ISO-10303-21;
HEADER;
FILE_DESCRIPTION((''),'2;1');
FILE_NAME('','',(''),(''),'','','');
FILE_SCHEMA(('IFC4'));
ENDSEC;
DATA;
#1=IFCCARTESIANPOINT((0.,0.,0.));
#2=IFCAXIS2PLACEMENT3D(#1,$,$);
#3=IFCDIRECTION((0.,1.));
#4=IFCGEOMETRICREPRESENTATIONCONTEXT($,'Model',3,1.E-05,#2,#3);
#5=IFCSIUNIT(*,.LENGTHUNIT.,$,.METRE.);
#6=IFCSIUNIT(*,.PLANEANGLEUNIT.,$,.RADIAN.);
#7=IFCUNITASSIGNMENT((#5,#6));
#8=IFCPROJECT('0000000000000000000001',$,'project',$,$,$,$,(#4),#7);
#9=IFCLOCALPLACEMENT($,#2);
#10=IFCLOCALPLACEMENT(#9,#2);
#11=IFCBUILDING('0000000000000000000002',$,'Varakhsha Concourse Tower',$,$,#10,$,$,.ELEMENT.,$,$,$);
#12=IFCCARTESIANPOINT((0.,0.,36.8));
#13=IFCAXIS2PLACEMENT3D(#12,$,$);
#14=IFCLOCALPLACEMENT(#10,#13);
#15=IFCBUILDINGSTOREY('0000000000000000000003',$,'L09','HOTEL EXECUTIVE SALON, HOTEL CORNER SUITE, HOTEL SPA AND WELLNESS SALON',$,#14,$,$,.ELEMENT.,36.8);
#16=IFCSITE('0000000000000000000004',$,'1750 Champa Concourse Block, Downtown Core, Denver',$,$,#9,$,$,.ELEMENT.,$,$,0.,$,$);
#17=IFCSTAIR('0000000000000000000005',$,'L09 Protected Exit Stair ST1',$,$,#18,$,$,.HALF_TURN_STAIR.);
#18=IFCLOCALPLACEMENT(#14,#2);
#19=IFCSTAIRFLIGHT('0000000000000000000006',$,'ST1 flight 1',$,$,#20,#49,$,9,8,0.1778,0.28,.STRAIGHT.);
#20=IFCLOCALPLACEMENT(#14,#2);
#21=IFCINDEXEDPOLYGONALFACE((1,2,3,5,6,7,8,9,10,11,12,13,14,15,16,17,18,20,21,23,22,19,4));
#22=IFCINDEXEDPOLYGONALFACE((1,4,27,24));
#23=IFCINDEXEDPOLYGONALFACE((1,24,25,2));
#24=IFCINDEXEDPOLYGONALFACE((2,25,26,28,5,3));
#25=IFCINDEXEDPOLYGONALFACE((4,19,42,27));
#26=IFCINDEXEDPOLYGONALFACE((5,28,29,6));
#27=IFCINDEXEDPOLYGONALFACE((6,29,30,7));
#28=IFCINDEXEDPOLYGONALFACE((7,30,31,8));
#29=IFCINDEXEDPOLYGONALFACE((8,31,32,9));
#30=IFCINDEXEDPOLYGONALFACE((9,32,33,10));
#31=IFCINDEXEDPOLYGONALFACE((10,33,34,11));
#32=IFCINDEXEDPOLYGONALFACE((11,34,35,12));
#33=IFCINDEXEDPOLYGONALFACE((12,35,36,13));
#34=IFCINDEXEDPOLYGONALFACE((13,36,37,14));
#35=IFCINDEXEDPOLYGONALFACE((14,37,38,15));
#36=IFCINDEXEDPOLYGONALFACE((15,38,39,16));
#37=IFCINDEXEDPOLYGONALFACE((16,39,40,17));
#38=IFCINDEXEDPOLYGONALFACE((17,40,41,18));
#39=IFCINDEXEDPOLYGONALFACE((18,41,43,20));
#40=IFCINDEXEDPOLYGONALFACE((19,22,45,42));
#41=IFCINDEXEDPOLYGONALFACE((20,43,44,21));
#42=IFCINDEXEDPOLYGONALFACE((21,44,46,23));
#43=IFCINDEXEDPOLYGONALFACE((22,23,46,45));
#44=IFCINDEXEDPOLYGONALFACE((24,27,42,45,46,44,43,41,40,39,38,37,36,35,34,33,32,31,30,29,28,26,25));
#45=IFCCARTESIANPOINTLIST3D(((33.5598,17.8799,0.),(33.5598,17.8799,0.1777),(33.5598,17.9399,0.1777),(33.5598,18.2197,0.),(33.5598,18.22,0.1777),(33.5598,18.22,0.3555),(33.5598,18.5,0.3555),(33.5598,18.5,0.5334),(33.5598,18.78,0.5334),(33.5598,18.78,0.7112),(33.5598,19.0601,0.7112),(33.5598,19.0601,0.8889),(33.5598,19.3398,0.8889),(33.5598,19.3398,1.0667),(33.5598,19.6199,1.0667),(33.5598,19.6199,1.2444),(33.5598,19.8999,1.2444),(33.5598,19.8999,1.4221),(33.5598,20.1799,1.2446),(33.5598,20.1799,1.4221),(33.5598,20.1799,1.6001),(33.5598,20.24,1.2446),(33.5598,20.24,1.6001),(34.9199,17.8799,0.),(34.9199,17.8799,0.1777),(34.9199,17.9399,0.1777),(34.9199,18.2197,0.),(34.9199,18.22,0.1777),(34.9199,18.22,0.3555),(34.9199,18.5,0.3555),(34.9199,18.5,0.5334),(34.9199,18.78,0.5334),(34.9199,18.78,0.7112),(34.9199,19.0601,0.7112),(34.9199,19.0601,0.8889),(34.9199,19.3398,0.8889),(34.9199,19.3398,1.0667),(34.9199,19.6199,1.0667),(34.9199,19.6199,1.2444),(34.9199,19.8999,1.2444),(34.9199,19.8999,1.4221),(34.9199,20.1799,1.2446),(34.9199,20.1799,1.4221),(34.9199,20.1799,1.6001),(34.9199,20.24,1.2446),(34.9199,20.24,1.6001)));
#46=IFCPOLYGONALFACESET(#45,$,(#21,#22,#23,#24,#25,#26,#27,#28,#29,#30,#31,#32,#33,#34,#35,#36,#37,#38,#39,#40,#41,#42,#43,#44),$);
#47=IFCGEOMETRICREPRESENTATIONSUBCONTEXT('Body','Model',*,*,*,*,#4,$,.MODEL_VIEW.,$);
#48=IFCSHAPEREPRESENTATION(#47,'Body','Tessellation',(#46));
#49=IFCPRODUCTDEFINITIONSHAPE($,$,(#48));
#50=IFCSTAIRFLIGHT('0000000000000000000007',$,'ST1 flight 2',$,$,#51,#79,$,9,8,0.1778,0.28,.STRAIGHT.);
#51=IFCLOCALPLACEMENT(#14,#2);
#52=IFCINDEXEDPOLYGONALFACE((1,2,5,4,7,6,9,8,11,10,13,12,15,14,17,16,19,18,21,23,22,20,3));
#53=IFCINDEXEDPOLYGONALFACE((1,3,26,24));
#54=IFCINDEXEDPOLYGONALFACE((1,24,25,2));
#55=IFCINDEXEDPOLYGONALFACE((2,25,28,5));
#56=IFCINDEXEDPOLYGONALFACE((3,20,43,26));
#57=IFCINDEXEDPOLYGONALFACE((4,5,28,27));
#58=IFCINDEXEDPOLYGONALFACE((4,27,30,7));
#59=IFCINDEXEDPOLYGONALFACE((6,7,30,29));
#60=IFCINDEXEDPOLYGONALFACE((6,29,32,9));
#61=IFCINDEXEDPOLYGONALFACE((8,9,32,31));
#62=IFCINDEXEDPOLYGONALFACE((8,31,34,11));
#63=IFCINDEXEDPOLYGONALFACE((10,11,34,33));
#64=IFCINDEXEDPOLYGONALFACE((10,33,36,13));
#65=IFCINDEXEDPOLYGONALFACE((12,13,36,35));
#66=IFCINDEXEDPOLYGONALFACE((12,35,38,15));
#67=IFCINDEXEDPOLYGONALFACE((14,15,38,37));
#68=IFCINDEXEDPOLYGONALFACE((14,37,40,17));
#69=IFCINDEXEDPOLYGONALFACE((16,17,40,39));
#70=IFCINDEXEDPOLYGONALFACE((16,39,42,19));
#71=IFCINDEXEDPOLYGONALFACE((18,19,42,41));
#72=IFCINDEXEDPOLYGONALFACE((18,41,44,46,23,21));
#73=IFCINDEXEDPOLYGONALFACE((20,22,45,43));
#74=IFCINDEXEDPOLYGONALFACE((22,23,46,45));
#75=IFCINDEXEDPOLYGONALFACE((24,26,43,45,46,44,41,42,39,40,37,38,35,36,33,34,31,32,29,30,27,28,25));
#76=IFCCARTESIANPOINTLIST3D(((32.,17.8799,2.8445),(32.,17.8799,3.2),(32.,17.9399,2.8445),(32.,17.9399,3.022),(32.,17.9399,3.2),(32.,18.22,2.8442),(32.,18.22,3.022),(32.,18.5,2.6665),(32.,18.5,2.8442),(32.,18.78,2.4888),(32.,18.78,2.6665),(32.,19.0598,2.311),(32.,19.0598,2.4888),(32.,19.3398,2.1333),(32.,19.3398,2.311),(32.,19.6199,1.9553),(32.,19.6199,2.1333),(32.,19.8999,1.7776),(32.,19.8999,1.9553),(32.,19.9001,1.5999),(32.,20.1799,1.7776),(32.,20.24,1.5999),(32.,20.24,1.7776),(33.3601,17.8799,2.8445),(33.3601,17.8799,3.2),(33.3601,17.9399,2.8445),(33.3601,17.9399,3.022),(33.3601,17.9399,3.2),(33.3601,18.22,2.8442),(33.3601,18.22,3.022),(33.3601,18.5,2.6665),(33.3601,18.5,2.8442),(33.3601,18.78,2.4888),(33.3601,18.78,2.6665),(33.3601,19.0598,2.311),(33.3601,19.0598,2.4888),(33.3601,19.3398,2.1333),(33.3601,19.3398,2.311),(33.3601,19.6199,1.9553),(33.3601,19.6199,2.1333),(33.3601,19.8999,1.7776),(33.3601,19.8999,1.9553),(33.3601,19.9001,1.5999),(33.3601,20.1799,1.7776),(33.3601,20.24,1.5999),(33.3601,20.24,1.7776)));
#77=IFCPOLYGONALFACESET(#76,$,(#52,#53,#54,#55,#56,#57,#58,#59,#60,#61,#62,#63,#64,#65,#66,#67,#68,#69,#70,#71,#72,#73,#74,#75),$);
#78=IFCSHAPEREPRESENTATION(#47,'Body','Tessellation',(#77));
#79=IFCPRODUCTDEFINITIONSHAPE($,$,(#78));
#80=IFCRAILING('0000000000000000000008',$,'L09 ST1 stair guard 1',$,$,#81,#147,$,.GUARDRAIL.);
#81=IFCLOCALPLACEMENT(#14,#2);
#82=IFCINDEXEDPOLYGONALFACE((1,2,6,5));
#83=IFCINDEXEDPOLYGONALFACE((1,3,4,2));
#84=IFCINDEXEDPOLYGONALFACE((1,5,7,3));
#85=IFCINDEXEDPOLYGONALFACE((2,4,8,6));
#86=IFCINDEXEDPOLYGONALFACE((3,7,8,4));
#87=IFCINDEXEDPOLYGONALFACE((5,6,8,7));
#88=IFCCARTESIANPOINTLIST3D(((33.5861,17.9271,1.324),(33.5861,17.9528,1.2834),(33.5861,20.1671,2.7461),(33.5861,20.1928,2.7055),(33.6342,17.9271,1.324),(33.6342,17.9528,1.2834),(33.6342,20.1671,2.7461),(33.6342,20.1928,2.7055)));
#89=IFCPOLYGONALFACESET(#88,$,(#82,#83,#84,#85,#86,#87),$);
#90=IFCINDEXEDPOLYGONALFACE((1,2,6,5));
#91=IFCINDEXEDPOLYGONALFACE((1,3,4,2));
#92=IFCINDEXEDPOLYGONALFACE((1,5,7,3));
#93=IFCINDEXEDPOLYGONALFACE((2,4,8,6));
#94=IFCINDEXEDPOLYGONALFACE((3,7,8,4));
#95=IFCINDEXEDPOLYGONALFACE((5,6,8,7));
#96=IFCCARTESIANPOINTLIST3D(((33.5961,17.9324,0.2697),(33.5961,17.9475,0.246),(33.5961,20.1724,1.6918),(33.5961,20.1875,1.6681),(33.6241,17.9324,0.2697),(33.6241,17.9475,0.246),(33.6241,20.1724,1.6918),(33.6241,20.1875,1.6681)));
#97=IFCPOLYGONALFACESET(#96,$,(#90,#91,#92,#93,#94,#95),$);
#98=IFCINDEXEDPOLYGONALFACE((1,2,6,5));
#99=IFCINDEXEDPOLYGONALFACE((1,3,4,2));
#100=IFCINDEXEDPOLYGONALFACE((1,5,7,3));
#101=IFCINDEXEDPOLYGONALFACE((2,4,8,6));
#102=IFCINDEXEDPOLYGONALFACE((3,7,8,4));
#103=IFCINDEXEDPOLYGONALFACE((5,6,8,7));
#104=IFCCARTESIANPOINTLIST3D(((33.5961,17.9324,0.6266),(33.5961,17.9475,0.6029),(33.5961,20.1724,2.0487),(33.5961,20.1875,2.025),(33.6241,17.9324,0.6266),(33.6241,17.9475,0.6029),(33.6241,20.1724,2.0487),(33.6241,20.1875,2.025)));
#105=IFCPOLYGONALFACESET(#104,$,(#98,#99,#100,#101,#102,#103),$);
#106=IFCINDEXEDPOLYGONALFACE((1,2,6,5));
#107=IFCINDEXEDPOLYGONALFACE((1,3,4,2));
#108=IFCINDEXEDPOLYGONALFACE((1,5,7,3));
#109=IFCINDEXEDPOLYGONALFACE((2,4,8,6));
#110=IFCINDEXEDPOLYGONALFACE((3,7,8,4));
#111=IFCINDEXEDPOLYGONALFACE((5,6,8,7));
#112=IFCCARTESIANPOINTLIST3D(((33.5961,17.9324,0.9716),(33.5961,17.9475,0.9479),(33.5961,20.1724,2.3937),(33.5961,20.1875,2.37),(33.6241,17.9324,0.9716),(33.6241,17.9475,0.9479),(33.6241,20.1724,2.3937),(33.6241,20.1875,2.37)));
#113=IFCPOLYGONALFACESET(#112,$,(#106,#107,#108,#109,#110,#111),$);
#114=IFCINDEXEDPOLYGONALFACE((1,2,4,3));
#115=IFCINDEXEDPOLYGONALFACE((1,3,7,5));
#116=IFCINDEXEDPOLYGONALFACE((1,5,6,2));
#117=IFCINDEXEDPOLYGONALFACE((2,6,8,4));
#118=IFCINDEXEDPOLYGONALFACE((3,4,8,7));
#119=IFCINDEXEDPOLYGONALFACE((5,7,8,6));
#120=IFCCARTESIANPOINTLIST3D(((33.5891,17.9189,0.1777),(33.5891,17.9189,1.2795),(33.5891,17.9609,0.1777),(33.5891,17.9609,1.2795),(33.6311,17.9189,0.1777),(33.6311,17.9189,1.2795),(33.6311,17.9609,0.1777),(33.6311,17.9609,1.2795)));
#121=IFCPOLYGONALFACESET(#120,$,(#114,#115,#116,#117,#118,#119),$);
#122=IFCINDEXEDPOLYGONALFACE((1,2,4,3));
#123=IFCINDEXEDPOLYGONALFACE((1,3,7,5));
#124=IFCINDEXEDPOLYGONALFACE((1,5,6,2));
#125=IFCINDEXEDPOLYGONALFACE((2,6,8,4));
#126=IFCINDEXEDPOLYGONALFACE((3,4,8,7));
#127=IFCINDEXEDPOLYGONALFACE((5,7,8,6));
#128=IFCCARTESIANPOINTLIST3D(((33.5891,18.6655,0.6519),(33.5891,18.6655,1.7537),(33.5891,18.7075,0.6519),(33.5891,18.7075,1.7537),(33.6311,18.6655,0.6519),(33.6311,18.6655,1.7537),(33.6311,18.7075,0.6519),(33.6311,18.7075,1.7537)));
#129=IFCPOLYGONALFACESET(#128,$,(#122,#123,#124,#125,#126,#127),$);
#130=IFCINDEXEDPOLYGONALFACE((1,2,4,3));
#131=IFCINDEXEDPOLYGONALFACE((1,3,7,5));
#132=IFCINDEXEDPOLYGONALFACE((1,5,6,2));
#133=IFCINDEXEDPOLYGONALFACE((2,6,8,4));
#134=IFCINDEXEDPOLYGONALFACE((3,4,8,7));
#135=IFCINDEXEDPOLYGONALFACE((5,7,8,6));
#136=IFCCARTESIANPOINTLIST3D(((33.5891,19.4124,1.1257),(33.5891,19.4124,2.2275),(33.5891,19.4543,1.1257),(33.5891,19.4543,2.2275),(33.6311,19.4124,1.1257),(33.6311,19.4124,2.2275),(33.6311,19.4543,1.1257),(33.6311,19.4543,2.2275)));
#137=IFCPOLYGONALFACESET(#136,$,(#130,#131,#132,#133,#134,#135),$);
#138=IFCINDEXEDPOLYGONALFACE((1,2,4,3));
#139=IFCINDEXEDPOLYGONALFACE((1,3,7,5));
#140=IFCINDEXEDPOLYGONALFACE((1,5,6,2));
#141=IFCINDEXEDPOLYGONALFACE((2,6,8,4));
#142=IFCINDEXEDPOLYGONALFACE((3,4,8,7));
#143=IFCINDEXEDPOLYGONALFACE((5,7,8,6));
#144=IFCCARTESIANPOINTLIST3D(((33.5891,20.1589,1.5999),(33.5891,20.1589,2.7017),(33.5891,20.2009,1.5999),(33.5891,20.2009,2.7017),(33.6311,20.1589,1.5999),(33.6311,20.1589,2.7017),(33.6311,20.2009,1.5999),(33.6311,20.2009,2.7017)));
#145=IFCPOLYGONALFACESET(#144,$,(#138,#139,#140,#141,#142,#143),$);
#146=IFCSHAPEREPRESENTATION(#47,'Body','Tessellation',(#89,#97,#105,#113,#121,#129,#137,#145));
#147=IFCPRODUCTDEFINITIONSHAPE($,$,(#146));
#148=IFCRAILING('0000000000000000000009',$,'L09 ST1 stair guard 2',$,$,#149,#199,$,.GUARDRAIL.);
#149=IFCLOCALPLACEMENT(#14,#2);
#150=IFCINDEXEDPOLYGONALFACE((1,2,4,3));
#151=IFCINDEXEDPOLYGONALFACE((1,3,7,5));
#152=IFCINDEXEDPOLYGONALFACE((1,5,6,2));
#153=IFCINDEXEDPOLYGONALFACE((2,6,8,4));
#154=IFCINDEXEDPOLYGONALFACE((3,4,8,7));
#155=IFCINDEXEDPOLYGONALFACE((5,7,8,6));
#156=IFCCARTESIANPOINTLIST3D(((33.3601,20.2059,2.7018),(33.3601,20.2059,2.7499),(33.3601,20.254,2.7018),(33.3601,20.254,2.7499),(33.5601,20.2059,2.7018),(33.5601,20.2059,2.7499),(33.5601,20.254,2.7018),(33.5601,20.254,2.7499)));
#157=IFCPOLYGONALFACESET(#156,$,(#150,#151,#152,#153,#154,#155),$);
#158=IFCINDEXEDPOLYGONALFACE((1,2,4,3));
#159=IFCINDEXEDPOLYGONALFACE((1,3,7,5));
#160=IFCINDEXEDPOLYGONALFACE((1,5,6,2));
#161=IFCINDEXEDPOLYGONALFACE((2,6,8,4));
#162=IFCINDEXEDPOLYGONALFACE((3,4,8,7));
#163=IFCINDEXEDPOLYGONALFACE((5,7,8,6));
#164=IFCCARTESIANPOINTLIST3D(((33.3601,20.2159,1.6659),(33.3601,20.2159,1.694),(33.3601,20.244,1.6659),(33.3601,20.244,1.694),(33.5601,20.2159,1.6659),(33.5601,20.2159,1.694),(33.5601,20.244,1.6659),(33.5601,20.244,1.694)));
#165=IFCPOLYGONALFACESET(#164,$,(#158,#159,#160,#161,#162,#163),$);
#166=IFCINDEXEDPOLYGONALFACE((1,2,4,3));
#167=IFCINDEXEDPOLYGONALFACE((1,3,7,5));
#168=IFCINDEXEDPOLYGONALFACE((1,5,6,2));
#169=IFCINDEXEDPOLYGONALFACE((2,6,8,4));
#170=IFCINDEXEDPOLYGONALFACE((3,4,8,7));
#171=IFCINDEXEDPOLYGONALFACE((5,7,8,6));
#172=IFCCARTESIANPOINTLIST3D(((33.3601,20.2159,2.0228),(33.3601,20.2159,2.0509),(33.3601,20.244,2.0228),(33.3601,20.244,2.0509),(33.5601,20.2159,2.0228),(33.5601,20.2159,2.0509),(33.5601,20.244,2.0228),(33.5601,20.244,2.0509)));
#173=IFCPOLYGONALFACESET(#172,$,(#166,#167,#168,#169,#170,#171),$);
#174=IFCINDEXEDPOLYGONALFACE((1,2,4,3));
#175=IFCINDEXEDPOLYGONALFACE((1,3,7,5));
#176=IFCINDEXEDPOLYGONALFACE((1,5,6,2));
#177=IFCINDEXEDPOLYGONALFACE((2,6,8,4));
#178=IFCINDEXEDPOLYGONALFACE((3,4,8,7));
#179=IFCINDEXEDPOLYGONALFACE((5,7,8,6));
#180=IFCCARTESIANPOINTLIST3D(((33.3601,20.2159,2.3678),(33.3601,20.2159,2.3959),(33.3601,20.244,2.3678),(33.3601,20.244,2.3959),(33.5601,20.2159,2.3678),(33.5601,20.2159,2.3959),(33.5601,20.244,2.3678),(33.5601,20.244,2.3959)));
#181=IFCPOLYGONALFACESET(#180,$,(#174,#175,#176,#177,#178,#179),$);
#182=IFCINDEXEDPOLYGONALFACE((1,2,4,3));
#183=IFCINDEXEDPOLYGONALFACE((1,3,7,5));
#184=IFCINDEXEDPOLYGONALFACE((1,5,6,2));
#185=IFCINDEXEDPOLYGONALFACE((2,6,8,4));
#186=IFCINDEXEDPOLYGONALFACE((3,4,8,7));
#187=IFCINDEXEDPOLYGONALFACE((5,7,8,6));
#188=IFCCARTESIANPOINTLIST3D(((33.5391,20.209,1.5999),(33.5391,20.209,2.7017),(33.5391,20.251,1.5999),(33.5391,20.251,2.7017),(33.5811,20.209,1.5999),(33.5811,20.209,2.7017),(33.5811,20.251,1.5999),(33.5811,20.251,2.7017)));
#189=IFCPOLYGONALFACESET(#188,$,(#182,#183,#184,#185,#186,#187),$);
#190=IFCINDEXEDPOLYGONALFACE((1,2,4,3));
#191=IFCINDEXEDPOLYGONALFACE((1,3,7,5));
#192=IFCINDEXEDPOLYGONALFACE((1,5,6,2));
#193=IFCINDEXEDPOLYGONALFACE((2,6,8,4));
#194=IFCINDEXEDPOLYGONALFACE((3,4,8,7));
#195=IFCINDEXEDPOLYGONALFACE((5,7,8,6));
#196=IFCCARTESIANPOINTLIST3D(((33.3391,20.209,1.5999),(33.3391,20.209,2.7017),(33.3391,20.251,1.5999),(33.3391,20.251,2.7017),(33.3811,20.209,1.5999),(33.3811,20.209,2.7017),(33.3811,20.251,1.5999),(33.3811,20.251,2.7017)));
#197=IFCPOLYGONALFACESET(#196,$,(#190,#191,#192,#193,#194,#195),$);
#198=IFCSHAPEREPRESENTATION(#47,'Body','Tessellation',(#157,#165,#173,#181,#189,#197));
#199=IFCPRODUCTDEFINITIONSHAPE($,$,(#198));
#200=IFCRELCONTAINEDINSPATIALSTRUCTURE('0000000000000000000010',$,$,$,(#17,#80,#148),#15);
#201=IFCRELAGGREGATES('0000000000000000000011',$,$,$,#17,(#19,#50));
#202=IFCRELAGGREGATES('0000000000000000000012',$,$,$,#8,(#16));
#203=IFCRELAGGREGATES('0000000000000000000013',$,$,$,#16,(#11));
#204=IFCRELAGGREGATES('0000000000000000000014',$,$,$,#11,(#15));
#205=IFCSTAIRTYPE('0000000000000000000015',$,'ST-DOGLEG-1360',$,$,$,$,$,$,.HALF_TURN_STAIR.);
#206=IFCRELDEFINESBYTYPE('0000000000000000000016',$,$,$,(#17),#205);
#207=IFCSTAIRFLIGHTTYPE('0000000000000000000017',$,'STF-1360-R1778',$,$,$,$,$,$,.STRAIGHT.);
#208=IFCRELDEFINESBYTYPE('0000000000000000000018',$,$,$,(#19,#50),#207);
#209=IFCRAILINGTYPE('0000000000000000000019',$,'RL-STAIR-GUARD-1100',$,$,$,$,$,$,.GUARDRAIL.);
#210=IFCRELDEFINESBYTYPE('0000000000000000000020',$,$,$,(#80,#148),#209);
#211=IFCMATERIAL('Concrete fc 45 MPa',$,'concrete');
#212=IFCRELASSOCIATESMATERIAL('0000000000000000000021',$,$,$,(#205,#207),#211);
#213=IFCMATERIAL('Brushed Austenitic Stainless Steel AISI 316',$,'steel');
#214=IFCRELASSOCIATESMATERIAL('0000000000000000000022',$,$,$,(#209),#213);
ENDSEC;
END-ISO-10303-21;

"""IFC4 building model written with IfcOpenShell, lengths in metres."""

from ifc_helpers import new_model, si_unit, direction, frame, origin, origin_2d, place, context, subcontext, project, spatial, polyline, rectangle, outline, extrude, material, type_object, element, aggregate, save


model = new_model("IFC4")

# Units and contexts
model_context = context("Model", 3, precision=1e-05, world=origin(), true_north=direction((0.0, 1.0)))
body_context = subcontext(model_context, "Body", "Model", "MODEL_VIEW")
ifc_project = project(units=[si_unit("LENGTHUNIT", "METRE"), si_unit("PLANEANGLEUNIT", "RADIAN")], contexts=[model_context])

# Site, building, storey
site_placement = place(None, origin())
site = spatial("IfcSite", under=ifc_project, at=site_placement, Name="1750 Champa Concourse Block, Downtown Core, Denver", CompositionType="ELEMENT", RefElevation=0.0)
building_placement = place(site_placement, origin())
building = spatial("IfcBuilding", under=site, at=building_placement, Name="Varakhsha Concourse Tower", CompositionType="ELEMENT")
storey_placement = place(building_placement, frame((0.0, 0.0, 36.8)))
storey = spatial("IfcBuildingStorey", under=building, at=storey_placement, Name="L09", Description="HOTEL EXECUTIVE SALON, HOTEL CORNER SUITE, HOTEL SPA AND WELLNESS SALON", CompositionType="ELEMENT", Elevation=36.8)

# Shared definitions
ifc_material_1 = material(Name="Concrete fc 45 MPa", Category="concrete")

# Stair, stair flights
stair_type = type_object("IfcStairType", Name="ST-DOGLEG-1360", PredefinedType="HALF_TURN_STAIR", material=ifc_material_1)
stair_placement = place(storey_placement, origin())
stair = element("IfcStair", 1, at=stair_placement, inside=storey, type_object=stair_type, Name="L09 Protected Exit Stair ST1", PredefinedType="HALF_TURN_STAIR")
stair_flight_type = type_object("IfcStairFlightType", Name="STF-1360-R1778", PredefinedType="STRAIGHT", material=ifc_material_1)
stair_flight_1_placement = place(storey_placement, frame((34.24, 17.9399, 0.0), z_axis=(0.0, 0.0, 1.0), x_axis=(0.0, 1.0, 0.0)))
stair_flight_1 = element("IfcStairFlight", 2, at=stair_flight_1_placement, type_object=stair_flight_type, Name="ST1 flight 1", NumberOfRisers=9, NumberOfTreads=8, PredefinedType="STRAIGHT", RiserHeight=0.1778, TreadLength=0.28, context=body_context, shape_type="SweptSolid", body=[
    extrude(outline(polyline([(-0.0601, 0.0), (-0.0601, 0.1777), (0.0, 0.1777), (0.28, 0.1777), (0.28, 0.3555), (0.5601, 0.3555), (0.5601, 0.5334), (0.8401, 0.5334), (0.8401, 0.7112), (1.1201, 0.7112), (1.1201, 0.8889), (1.3999, 0.8889), (1.3999, 1.0667), (1.6799, 1.0667), (1.6799, 1.2444), (1.96, 1.2444), (1.96, 1.4221), (2.24, 1.4221), (2.24, 1.6001), (2.3, 1.6001), (2.3, 1.2446), (2.24, 1.2446), (0.2798, 0.0), (-0.0601, 0.0)])), frame((0.0, 0.6802, 0.0), z_axis=(0.0, -1.0, 0.0), x_axis=(1.0, 0.0, 0.0)), (0.0, 0.0, 1.0), 1.3601),
])
stair_flight_2_placement = place(storey_placement, frame((32.6799, 20.1799, 1.5999), z_axis=(0.0, 0.0, 1.0), x_axis=(0.0, -1.0, 0.0)))
stair_flight_2 = element("IfcStairFlight", 3, at=stair_flight_2_placement, type_object=stair_flight_type, Name="ST1 flight 2", NumberOfRisers=9, NumberOfTreads=8, PredefinedType="STRAIGHT", RiserHeight=0.1778, TreadLength=0.28, context=body_context, shape_type="SweptSolid", body=[
    extrude(outline(polyline([(-0.0601, 0.0), (-0.0601, 0.1777), (0.0, 0.1777), (0.28, 0.1777), (0.28, 0.3555), (0.5601, 0.3555), (0.5601, 0.5334), (0.8401, 0.5334), (0.8401, 0.7112), (1.1201, 0.7112), (1.1201, 0.8889), (1.3999, 0.8889), (1.3999, 1.0667), (1.6799, 1.0667), (1.6799, 1.2444), (1.96, 1.2444), (1.96, 1.4221), (2.24, 1.4221), (2.24, 1.6001), (2.3, 1.6001), (2.3, 1.2446), (2.24, 1.2446), (0.2798, 0.0), (-0.0601, 0.0)])), frame((0.0, 0.6802, 0.0), z_axis=(0.0, -1.0, 0.0), x_axis=(1.0, 0.0, 0.0)), (0.0, 0.0, 1.0), 1.3601),
])
aggregate(stair, [stair_flight_1, stair_flight_2])

# Railings
ifc_material_2 = material(Name="Brushed Austenitic Stainless Steel AISI 316", Category="steel")
railing_type_1 = type_object("IfcRailingType", Name="RL-STAIR-GUARD-1100", PredefinedType="GUARDRAIL", material=ifc_material_2)
railing_1_placement = place(storey_placement, frame((33.6101, 17.9399, 0.1777)))
element("IfcRailing", 4, at=railing_1_placement, inside=storey, type_object=railing_type_1, Name="L09 ST1 stair guard 1", PredefinedType="GUARDRAIL", context=body_context, shape_type="SweptSolid", body=[
    extrude(rectangle(XDim=0.0481, YDim=0.0481, at=origin_2d()), frame((0.0, 0.0, 1.126), z_axis=(0.0, 0.844229, 0.535982), x_axis=(-1.0, 0.0, 0.0)), (0.0, 0.0, 1.0), 2.6533),
    extrude(rectangle(XDim=0.0281, YDim=0.0281, at=origin_2d()), frame((0.0, 0.0, 0.0801), z_axis=(0.0, 0.844229, 0.535982), x_axis=(-1.0, 0.0, 0.0)), (0.0, 0.0, 1.0), 2.6533),
    extrude(rectangle(XDim=0.0281, YDim=0.0281, at=origin_2d()), frame((0.0, 0.0, 0.437), z_axis=(0.0, 0.844229, 0.535982), x_axis=(-1.0, 0.0, 0.0)), (0.0, 0.0, 1.0), 2.6533),
    extrude(rectangle(XDim=0.0281, YDim=0.0281, at=origin_2d()), frame((0.0, 0.0, 0.782), z_axis=(0.0, 0.844229, 0.535982), x_axis=(-1.0, 0.0, 0.0)), (0.0, 0.0, 1.0), 2.6533),
    extrude(rectangle(XDim=0.042, YDim=0.042, at=origin_2d()), origin(), (0.0, 0.0, 1.0), 1.1018),
    extrude(rectangle(XDim=0.042, YDim=0.042, at=origin_2d()), frame((0.0, 0.7466, 0.4741)), (0.0, 0.0, 1.0), 1.1018),
    extrude(rectangle(XDim=0.042, YDim=0.042, at=origin_2d()), frame((0.0, 1.4934, 0.948)), (0.0, 0.0, 1.0), 1.1018),
    extrude(rectangle(XDim=0.042, YDim=0.042, at=origin_2d()), frame((0.0, 2.24, 1.4221)), (0.0, 0.0, 1.0), 1.1018),
])
railing_2_placement = place(storey_placement, frame((33.5601, 20.23, 1.5999)))
element("IfcRailing", 5, at=railing_2_placement, inside=storey, type_object=railing_type_1, Name="L09 ST1 stair guard 2", PredefinedType="GUARDRAIL", context=body_context, shape_type="SweptSolid", body=[
    extrude(rectangle(XDim=0.0481, YDim=0.0481, at=origin_2d()), frame((0.0, 0.0, 1.126), z_axis=(-1.0, 0.0, 0.0), x_axis=(0.0, -1.0, 0.0)), (0.0, 0.0, 1.0), 0.2),
    extrude(rectangle(XDim=0.0281, YDim=0.0281, at=origin_2d()), frame((0.0, 0.0, 0.0801), z_axis=(-1.0, 0.0, 0.0), x_axis=(0.0, -1.0, 0.0)), (0.0, 0.0, 1.0), 0.2),
    extrude(rectangle(XDim=0.0281, YDim=0.0281, at=origin_2d()), frame((0.0, 0.0, 0.437), z_axis=(-1.0, 0.0, 0.0), x_axis=(0.0, -1.0, 0.0)), (0.0, 0.0, 1.0), 0.2),
    extrude(rectangle(XDim=0.0281, YDim=0.0281, at=origin_2d()), frame((0.0, 0.0, 0.782), z_axis=(-1.0, 0.0, 0.0), x_axis=(0.0, -1.0, 0.0)), (0.0, 0.0, 1.0), 0.2),
    extrude(rectangle(XDim=0.042, YDim=0.042, at=origin_2d()), origin(), (0.0, 0.0, 1.0), 1.1018),
    extrude(rectangle(XDim=0.042, YDim=0.042, at=origin_2d()), frame((-0.2, 0.0, 0.0)), (0.0, 0.0, 1.0), 1.1018),
])

save(model, "model.ifc")
